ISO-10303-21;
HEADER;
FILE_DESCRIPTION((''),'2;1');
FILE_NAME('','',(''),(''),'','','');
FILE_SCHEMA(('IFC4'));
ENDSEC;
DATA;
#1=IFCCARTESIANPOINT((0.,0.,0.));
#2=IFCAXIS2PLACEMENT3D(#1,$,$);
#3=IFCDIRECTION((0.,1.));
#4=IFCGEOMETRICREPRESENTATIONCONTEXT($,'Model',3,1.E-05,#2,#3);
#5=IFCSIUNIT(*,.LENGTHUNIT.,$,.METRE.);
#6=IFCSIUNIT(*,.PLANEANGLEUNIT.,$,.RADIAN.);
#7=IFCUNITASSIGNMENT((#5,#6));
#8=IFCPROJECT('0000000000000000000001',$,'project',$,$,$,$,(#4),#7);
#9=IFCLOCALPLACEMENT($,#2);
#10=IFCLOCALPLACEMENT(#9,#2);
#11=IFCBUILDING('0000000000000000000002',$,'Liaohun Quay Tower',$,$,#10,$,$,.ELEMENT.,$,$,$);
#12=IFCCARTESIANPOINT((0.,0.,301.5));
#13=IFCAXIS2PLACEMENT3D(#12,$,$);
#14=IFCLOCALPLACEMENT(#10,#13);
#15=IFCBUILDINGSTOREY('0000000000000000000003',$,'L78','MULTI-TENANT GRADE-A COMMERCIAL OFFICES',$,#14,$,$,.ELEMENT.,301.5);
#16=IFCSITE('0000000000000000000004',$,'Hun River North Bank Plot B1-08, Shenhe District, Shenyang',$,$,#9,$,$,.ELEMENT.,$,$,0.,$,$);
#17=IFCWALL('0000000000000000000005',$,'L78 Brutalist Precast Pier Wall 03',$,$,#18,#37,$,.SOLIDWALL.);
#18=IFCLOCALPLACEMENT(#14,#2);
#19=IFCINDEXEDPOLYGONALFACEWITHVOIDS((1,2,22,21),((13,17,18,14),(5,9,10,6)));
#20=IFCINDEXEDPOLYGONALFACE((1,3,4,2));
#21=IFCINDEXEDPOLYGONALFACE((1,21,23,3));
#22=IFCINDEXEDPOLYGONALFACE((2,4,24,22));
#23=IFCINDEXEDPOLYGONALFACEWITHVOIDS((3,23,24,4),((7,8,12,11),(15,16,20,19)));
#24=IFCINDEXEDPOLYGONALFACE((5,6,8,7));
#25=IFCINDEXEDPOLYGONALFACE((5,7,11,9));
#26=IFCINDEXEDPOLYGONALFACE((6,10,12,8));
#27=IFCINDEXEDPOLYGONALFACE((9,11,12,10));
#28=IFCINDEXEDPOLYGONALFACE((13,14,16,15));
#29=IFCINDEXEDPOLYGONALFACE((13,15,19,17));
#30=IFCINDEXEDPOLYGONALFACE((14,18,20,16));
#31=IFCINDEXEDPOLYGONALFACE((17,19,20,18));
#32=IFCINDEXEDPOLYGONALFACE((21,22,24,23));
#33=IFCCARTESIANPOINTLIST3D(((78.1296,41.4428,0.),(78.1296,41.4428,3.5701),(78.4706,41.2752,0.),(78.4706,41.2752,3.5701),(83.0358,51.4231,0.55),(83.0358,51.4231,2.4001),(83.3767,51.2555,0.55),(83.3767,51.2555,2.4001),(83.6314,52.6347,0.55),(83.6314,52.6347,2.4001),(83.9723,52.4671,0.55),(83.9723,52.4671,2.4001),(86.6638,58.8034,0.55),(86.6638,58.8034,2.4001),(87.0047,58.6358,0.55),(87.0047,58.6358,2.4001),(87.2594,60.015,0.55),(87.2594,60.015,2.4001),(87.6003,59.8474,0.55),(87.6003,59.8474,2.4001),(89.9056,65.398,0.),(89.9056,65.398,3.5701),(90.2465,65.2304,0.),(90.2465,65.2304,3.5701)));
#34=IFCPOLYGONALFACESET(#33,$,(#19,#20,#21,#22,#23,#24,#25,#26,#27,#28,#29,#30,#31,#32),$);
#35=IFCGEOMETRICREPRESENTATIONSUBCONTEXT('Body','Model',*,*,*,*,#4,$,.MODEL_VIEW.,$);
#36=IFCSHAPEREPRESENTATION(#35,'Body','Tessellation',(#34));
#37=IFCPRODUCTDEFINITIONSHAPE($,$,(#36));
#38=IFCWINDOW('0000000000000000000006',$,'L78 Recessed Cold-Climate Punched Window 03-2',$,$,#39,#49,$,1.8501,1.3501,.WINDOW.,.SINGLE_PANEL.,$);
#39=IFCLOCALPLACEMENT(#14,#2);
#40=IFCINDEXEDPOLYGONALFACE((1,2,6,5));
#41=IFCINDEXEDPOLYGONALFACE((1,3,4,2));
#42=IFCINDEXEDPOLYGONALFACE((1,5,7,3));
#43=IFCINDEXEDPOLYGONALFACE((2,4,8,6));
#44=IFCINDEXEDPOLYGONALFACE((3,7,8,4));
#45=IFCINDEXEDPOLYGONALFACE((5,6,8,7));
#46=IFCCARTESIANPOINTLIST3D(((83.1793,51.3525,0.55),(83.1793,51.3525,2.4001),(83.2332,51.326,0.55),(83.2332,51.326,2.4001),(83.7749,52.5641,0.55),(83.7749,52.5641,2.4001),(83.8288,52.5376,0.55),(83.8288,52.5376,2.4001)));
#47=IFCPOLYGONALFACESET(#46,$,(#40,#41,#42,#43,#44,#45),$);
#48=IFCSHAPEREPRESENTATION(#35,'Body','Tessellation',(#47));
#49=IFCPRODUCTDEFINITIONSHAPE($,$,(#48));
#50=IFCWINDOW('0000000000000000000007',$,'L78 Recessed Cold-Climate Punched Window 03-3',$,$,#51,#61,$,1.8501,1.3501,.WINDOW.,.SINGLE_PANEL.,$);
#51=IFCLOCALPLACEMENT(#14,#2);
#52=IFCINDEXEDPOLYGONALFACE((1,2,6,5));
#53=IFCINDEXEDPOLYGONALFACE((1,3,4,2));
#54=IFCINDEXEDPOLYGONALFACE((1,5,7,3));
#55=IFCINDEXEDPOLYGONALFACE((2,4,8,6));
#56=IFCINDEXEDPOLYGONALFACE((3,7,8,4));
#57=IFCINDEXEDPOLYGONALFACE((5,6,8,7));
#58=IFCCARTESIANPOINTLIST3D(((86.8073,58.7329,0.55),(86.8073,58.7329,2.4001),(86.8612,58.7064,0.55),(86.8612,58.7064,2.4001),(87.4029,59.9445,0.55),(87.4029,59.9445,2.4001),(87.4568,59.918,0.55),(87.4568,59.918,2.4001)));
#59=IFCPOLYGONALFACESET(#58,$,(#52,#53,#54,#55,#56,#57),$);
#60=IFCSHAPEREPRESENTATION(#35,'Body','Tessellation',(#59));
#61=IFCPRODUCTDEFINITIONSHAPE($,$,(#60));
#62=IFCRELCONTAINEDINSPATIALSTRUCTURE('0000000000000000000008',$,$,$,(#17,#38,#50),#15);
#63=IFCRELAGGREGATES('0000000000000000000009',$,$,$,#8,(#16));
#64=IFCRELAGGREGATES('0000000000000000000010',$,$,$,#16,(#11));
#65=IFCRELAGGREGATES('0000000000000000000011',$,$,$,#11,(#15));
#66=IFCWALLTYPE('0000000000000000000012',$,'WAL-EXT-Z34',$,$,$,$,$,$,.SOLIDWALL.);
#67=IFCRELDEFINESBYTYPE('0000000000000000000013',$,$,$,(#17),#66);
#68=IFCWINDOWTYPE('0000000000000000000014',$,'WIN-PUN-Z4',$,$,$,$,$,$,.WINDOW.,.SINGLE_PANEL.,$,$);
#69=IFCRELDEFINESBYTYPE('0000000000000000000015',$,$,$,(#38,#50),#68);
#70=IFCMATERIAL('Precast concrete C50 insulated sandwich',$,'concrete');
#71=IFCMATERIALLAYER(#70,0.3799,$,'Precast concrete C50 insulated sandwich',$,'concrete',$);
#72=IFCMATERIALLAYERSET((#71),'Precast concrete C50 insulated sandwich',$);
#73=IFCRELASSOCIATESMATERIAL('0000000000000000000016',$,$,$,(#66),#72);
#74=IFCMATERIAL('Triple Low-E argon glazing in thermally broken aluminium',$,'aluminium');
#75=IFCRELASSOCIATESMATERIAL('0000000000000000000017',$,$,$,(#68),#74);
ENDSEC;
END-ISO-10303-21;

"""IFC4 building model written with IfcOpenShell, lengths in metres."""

from ifc_helpers import new_model, si_unit, direction, frame, frame_2d, origin, place, context, subcontext, project, spatial, rectangle, extrude, source, transform, mapped, material, layer, layer_set, type_object, element, fill, save


model = new_model("IFC4")

# Units and contexts
model_context = context("Model", 3, precision=1e-05, world=origin(), true_north=direction((0.0, 1.0)))
body_context = subcontext(model_context, "Body", "Model", "MODEL_VIEW")
ifc_project = project(units=[si_unit("LENGTHUNIT", "METRE"), si_unit("PLANEANGLEUNIT", "RADIAN")], contexts=[model_context])

# Site, building, storey
site_placement = place(None, origin())
site = spatial("IfcSite", under=ifc_project, at=site_placement, Name="Hun River North Bank Plot B1-08, Shenhe District, Shenyang", CompositionType="ELEMENT", RefElevation=0.0)
building_placement = place(site_placement, origin())
building = spatial("IfcBuilding", under=site, at=building_placement, Name="Liaohun Quay Tower", CompositionType="ELEMENT")
storey_placement = place(building_placement, frame((0.0, 0.0, 301.5)))
storey = spatial("IfcBuildingStorey", under=building, at=storey_placement, Name="L78", Description="MULTI-TENANT GRADE-A COMMERCIAL OFFICES", CompositionType="ELEMENT", Elevation=301.5)

# Shared definitions
ifc_material_1 = material(Name="Precast concrete C50 insulated sandwich", Category="concrete")
ifc_layer_1 = layer(ifc_material_1, 0.3799, Name="Precast concrete C50 insulated sandwich", Category="concrete")
ifc_layer_set_1 = layer_set([ifc_layer_1], Name="Precast concrete C50 insulated sandwich")
wall_type_1 = type_object("IfcWallType", Name="WAL-EXT-Z34", PredefinedType="SOLIDWALL", material=ifc_layer_set_1)

# Wall, openings, windows
shared_shape_1 = source(origin(), body_context, "Body", "SweptSolid", [
    extrude(rectangle(XDim=1.3501, YDim=1.8501, at=frame_2d((0.675, 0.925))), frame((0.0, 0.2, 0.0), z_axis=(0.0, -1.0, 0.0), x_axis=(1.0, 0.0, 0.0)), (0.0, 0.0, 1.0), 0.3999),
])
ifc_material_2 = material(Name="Triple Low-E argon glazing in thermally broken aluminium", Category="aluminium")
window_type_1 = type_object("IfcWindowType", Name="WIN-PUN-Z4", PartitioningType="SINGLE_PANEL", PredefinedType="WINDOW", material=ifc_material_2)
shared_shape_2 = source(origin(), body_context, "Body", "SweptSolid", [
    extrude(rectangle(XDim=1.3501, YDim=1.8501, at=frame_2d((0.675, 0.925))), frame((0.0, 0.03, 0.0), z_axis=(0.0, -1.0, 0.0), x_axis=(1.0, 0.0, 0.0)), (0.0, 0.0, 1.0), 0.0601),
])
wall_1_placement = place(storey_placement, frame((78.3, 41.3589, 0.0), z_axis=(0.0, 0.0, 1.0), x_axis=(0.44116, 0.897429, 0.0)))
wall_1 = element("IfcWall", 1, at=wall_1_placement, inside=storey, type_object=wall_type_1, Name="L78 Brutalist Precast Pier Wall 03", PredefinedType="SOLIDWALL", context=body_context, shape_type="SweptSolid", body=[
    extrude(rectangle(XDim=26.6931, YDim=0.3799, at=frame_2d((13.3467, 0.0))), origin(), (0.0, 0.0, 1.0), 3.5701),
])
opening_1_placement = place(wall_1_placement, frame((11.1211, 0.0, 0.55)))
opening_1 = element("IfcOpeningElement", 2, at=opening_1_placement, cuts=wall_1, PredefinedType="OPENING", context=body_context, shape_type="MappedRepresentation", body=[
    mapped(shared_shape_1, transform((0.0, 0.0, 0.0), x_axis=(1.0, 0.0, 0.0), y_axis=(0.0, 1.0, 0.0), z_axis=(0.0, 0.0, 1.0), scale=1.0)),
])
opening_2_placement = place(wall_1_placement, frame((19.345, 0.0, 0.55)))
opening_2 = element("IfcOpeningElement", 3, at=opening_2_placement, cuts=wall_1, PredefinedType="OPENING", context=body_context, shape_type="MappedRepresentation", body=[
    mapped(shared_shape_1, transform((0.0, 0.0, 0.0), x_axis=(1.0, 0.0, 0.0), y_axis=(0.0, 1.0, 0.0), z_axis=(0.0, 0.0, 1.0), scale=1.0)),
])
window_1_placement = place(opening_1_placement, origin())
window_1 = element("IfcWindow", 4, at=window_1_placement, inside=storey, type_object=window_type_1, Name="L78 Recessed Cold-Climate Punched Window 03-2", OverallHeight=1.8501, OverallWidth=1.3501, PartitioningType="SINGLE_PANEL", PredefinedType="WINDOW", context=body_context, shape_type="MappedRepresentation", body=[
    mapped(shared_shape_2, transform((0.0, 0.0, 0.0), x_axis=(1.0, 0.0, 0.0), y_axis=(0.0, 1.0, 0.0), z_axis=(0.0, 0.0, 1.0), scale=1.0)),
])
fill(opening_1, window_1)
window_2_placement = place(opening_2_placement, origin())
window_2 = element("IfcWindow", 5, at=window_2_placement, inside=storey, type_object=window_type_1, Name="L78 Recessed Cold-Climate Punched Window 03-3", OverallHeight=1.8501, OverallWidth=1.3501, PartitioningType="SINGLE_PANEL", PredefinedType="WINDOW", context=body_context, shape_type="MappedRepresentation", body=[
    mapped(shared_shape_2, transform((0.0, 0.0, 0.0), x_axis=(1.0, 0.0, 0.0), y_axis=(0.0, 1.0, 0.0), z_axis=(0.0, 0.0, 1.0), scale=1.0)),
])
fill(opening_2, window_2)

save(model, "model.ifc")
